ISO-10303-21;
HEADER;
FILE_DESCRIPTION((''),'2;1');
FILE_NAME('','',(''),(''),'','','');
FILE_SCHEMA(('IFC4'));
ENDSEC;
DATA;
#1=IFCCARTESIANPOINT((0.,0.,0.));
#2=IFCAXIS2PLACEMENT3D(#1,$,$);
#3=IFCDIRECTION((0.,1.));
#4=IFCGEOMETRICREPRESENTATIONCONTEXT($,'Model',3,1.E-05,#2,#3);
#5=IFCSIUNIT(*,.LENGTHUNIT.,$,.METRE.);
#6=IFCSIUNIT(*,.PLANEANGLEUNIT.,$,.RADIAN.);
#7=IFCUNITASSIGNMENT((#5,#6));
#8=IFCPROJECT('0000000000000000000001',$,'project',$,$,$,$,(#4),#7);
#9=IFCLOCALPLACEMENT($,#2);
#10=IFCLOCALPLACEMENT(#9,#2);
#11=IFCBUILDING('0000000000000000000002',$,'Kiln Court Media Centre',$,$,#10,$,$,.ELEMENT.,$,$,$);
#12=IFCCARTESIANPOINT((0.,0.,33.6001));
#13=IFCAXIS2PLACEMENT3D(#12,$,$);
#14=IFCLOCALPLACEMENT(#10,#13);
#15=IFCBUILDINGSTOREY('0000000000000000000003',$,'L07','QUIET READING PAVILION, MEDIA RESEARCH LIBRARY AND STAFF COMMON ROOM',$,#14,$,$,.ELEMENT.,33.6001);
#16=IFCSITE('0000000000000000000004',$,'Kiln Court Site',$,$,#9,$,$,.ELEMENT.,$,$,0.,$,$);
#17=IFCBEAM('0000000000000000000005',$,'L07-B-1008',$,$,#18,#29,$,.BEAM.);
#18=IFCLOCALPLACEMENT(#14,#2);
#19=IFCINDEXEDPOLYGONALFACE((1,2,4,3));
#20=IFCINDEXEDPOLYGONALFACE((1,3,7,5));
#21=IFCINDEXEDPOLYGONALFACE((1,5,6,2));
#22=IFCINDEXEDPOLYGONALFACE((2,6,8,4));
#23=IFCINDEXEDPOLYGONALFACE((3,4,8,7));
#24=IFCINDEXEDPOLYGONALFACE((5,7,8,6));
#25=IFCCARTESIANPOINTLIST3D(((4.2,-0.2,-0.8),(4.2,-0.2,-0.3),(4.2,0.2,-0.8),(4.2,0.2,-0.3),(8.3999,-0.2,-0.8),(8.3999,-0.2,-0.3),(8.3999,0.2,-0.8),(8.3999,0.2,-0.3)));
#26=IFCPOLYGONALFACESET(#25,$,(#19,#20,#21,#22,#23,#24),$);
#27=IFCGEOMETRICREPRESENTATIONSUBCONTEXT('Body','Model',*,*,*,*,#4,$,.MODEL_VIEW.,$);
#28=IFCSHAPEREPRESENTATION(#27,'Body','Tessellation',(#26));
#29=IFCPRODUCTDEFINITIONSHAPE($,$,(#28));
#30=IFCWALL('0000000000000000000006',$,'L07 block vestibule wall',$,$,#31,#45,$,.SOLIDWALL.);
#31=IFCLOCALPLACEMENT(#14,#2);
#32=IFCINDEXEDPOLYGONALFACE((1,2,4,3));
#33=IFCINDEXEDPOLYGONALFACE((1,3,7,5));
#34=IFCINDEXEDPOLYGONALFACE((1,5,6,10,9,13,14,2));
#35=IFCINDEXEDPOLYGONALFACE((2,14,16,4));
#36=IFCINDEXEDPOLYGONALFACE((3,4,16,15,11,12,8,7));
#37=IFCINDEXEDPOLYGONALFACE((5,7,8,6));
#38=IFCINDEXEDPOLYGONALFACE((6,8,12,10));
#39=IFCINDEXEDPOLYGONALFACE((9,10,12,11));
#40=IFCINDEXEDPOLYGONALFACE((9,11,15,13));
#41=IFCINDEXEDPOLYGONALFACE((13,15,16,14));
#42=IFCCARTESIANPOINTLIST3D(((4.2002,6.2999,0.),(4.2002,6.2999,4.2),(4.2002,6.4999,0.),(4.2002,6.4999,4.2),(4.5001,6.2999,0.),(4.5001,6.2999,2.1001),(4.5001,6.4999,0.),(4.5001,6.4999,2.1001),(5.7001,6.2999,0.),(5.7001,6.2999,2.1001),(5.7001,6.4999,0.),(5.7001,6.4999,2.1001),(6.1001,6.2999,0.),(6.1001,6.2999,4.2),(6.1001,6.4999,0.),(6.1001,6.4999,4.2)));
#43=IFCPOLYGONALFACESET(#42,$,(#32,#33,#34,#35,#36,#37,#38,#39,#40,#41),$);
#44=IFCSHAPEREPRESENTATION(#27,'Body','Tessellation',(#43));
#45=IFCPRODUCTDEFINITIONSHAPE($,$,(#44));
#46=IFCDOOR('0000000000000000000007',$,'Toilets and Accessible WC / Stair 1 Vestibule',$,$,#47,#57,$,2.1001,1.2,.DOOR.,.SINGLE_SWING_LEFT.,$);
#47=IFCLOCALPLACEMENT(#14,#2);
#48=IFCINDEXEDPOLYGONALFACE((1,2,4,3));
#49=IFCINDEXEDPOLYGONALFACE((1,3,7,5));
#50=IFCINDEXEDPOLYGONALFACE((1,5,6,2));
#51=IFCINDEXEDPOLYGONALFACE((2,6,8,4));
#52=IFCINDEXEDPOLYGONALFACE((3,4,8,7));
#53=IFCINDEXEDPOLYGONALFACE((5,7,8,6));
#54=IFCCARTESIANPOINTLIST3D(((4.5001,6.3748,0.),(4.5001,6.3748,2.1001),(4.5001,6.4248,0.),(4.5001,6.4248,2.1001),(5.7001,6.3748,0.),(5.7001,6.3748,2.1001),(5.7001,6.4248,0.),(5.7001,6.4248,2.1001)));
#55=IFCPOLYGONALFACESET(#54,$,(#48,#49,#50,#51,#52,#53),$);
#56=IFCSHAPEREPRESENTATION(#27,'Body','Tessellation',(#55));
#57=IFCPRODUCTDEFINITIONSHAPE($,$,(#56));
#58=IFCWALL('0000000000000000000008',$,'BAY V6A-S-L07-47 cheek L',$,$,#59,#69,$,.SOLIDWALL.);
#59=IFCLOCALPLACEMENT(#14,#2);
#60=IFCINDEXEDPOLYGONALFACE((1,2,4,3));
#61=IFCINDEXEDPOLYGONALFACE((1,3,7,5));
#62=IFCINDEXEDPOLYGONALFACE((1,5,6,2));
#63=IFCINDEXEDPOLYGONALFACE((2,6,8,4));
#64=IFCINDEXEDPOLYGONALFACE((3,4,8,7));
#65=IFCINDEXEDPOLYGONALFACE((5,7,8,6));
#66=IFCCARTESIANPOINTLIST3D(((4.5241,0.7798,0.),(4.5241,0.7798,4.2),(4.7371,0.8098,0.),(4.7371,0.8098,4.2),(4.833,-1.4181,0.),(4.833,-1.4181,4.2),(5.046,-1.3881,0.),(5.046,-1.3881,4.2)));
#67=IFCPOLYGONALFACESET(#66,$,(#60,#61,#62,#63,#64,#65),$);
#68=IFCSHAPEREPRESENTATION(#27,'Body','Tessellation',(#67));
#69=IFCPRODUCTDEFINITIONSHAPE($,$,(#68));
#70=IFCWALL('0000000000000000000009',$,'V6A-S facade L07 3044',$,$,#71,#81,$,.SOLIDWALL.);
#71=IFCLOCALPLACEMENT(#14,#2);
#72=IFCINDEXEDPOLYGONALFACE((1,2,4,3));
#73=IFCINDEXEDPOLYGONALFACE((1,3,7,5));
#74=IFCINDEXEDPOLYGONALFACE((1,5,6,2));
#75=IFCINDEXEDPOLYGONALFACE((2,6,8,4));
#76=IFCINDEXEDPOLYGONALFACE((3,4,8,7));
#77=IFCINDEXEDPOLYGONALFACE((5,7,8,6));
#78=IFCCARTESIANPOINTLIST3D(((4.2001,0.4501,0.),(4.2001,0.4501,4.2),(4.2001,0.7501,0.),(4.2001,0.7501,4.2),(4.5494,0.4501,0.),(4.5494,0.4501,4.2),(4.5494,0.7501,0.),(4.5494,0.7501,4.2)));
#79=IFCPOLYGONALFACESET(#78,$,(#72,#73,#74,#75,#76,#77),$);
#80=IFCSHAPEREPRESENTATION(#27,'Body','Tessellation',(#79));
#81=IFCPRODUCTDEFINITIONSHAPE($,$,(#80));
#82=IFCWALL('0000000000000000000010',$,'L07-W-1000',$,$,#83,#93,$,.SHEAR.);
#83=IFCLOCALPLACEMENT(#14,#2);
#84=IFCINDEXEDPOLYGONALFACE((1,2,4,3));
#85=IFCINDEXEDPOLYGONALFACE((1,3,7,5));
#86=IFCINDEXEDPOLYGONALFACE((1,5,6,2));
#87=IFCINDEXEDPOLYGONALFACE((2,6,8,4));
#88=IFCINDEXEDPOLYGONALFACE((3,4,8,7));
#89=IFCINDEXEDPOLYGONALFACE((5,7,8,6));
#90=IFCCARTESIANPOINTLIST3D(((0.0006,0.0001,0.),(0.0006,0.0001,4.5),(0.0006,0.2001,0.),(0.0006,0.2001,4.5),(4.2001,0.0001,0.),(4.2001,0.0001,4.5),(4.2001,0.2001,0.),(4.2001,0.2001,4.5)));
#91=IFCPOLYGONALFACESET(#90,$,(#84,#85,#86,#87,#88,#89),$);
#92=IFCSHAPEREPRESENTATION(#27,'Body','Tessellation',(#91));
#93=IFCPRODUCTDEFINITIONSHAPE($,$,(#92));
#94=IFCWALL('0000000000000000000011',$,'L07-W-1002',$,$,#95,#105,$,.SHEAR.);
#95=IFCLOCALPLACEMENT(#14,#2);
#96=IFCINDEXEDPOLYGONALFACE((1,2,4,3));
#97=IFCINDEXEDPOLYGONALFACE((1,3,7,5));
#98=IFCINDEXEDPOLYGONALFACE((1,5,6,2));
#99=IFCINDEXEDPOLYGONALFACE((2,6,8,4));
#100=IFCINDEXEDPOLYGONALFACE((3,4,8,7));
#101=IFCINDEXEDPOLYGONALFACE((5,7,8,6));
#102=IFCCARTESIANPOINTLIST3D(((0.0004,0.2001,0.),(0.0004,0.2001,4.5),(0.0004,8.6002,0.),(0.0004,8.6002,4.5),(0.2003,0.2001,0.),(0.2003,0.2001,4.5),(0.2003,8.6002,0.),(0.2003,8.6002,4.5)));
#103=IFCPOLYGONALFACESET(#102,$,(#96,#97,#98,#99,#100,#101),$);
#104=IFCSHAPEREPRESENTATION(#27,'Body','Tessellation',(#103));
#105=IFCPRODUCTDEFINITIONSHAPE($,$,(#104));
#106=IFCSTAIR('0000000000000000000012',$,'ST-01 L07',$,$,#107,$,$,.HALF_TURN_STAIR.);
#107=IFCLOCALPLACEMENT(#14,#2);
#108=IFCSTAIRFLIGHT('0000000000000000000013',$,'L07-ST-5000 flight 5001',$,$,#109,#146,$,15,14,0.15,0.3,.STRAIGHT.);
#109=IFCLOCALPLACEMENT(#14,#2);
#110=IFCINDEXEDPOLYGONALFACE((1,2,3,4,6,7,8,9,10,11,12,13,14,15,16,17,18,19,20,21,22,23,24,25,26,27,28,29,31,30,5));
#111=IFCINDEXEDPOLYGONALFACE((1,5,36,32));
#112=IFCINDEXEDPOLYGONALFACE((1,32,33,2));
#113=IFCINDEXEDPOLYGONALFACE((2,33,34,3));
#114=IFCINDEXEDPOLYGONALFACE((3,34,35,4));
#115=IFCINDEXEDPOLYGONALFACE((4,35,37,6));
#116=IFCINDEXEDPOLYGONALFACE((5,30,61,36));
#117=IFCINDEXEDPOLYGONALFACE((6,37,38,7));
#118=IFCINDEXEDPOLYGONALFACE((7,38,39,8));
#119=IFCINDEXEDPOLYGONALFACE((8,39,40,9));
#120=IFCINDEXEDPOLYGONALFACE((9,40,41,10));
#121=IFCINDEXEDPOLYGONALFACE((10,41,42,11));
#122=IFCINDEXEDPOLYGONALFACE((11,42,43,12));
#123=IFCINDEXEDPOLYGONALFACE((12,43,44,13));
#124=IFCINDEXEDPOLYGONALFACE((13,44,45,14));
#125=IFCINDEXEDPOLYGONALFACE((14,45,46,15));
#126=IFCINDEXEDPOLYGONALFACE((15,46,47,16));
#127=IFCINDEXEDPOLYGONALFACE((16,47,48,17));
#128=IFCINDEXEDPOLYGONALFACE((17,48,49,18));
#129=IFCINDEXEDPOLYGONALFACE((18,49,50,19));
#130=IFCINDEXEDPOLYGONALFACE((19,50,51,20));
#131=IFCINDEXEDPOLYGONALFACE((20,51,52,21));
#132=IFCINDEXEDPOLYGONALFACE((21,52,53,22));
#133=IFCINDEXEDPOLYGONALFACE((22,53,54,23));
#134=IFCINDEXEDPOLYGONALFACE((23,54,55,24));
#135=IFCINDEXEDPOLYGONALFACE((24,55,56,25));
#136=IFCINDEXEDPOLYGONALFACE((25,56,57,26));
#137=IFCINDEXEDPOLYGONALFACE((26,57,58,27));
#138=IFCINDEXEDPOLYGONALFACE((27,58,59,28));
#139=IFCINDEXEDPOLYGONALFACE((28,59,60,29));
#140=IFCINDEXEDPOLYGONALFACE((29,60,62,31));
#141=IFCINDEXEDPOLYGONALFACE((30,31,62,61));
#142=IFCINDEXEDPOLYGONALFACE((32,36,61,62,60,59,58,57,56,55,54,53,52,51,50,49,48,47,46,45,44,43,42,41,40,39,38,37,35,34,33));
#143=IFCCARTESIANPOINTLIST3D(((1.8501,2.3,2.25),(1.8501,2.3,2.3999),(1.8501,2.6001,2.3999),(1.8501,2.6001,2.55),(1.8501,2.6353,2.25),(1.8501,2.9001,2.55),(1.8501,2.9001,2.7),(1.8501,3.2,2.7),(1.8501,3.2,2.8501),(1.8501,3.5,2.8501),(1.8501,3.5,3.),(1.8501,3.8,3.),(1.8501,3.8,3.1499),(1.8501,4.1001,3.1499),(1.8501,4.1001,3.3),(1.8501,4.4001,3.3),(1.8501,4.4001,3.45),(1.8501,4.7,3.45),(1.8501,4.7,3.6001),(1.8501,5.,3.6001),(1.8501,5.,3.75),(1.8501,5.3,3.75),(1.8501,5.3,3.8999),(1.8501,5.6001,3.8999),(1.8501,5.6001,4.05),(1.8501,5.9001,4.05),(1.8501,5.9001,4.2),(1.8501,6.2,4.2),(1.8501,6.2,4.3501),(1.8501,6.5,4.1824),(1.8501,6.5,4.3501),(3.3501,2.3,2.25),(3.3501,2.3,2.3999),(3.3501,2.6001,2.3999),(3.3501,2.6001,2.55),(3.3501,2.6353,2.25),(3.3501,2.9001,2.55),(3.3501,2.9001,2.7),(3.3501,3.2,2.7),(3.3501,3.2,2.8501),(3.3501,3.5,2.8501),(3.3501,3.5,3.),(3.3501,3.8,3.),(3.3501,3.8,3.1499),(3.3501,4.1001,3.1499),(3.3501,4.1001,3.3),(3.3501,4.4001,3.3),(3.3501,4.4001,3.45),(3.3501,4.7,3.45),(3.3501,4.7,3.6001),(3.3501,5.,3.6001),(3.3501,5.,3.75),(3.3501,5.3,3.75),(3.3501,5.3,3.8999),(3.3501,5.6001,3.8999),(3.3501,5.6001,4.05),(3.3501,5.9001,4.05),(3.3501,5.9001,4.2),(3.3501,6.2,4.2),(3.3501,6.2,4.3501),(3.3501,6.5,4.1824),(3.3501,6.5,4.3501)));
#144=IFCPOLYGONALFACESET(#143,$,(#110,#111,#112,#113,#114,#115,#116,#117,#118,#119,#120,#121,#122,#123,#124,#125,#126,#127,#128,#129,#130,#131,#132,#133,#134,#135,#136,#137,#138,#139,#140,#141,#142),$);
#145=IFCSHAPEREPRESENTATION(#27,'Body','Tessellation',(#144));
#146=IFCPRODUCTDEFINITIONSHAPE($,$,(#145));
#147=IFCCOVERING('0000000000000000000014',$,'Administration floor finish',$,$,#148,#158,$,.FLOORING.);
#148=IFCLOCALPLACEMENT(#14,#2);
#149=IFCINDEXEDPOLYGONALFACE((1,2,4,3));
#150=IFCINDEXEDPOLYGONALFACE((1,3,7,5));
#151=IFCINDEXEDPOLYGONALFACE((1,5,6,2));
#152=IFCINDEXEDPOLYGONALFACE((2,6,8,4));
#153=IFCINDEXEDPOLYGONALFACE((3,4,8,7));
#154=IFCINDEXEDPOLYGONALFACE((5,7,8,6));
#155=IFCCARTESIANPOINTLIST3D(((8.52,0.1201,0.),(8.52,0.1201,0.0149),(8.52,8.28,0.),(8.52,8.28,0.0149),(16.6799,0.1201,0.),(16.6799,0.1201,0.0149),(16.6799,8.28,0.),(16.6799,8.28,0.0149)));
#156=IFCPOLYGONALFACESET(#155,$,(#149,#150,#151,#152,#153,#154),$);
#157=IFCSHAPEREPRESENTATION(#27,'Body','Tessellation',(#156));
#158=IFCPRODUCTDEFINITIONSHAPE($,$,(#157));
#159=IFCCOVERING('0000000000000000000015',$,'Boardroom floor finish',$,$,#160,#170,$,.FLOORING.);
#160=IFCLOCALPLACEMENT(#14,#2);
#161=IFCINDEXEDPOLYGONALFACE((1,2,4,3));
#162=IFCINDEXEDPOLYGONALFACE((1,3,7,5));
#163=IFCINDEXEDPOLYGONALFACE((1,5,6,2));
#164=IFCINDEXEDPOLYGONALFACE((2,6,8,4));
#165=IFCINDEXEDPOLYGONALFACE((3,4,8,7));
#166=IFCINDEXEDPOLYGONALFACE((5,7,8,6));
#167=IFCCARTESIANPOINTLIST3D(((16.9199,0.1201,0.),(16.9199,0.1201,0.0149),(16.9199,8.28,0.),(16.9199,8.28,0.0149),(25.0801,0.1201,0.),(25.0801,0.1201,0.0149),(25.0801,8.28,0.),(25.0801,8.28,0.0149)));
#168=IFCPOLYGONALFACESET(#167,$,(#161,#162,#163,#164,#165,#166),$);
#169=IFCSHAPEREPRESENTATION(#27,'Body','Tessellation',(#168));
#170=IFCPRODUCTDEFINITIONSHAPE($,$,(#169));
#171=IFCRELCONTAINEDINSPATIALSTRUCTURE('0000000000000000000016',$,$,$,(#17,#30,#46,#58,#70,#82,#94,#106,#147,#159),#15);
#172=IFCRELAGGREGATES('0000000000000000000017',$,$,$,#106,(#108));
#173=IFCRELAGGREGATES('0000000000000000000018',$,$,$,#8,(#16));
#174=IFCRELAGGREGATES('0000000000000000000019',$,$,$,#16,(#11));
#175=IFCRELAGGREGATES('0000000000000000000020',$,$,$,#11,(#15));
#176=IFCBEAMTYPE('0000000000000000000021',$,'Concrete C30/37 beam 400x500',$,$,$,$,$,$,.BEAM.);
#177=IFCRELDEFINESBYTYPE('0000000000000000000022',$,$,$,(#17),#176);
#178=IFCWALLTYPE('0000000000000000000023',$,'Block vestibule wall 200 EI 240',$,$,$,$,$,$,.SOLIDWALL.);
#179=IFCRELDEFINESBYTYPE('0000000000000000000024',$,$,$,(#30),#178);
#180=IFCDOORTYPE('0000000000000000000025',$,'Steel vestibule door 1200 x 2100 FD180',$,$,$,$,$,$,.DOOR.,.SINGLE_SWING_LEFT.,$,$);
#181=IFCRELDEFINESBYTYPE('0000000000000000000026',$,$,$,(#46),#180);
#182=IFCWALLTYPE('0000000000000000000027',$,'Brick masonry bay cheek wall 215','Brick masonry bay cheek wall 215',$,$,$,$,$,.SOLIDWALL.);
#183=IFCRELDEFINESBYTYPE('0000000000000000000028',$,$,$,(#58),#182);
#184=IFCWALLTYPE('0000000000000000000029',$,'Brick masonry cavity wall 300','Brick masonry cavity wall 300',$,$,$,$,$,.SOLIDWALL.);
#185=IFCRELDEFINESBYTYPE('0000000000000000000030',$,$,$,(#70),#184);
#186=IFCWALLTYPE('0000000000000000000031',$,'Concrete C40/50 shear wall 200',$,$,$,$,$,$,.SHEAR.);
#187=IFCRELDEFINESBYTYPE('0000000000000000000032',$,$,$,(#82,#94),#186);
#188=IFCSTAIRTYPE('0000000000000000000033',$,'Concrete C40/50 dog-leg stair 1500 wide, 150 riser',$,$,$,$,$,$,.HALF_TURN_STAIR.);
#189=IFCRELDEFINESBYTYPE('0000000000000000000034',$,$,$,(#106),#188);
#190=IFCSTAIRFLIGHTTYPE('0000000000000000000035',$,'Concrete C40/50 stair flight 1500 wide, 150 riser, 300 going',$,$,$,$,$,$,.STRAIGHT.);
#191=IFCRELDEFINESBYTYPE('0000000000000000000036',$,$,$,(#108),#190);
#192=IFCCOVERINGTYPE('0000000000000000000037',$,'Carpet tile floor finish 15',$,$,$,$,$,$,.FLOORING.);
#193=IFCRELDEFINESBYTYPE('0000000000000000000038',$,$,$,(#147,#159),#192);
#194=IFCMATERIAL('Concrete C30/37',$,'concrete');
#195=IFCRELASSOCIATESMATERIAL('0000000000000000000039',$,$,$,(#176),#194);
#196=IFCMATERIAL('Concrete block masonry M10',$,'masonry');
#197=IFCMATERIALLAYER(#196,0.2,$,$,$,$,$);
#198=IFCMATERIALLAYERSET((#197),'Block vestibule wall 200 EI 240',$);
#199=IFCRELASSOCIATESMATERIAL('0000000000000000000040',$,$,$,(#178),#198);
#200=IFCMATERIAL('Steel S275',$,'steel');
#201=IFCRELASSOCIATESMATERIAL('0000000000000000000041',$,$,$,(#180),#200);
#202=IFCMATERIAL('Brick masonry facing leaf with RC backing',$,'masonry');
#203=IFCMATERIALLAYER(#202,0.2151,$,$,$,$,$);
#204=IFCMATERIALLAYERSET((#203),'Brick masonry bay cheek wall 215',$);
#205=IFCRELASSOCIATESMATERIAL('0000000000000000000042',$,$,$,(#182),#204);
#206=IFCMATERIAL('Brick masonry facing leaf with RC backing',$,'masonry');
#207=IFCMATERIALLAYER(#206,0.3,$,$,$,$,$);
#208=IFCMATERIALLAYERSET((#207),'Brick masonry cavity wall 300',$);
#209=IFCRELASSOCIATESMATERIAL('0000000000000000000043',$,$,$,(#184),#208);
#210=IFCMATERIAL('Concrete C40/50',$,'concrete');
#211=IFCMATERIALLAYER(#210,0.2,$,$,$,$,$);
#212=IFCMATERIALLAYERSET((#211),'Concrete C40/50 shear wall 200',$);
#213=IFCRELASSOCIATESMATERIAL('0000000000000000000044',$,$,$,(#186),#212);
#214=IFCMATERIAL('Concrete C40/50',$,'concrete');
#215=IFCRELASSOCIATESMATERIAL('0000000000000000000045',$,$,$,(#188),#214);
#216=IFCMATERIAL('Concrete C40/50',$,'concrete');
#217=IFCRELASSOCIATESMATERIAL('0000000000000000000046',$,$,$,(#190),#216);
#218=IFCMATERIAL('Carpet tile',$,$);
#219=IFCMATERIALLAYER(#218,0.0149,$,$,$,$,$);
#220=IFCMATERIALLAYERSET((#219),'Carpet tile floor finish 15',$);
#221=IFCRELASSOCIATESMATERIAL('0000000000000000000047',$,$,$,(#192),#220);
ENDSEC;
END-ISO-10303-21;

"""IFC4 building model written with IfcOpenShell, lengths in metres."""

from ifc_helpers import new_model, si_unit, direction, frame, frame_2d, origin, origin_2d, place, context, subcontext, project, spatial, polyline, rectangle, outline, extrude, material, layer, layer_set, material_profile, profile_set, type_object, element, fill, aggregate, save


model = new_model("IFC4")

# Units and contexts
model_context = context("Model", 3, precision=1e-05, world=origin(), true_north=direction((0.0, 1.0)))
body_context = subcontext(model_context, "Body", "Model", "MODEL_VIEW")
ifc_project = project(units=[si_unit("LENGTHUNIT", "METRE"), si_unit("PLANEANGLEUNIT", "RADIAN")], contexts=[model_context])

# Site, building, storey
site_placement = place(None, origin())
site = spatial("IfcSite", under=ifc_project, at=site_placement, Name="Kiln Court Site", CompositionType="ELEMENT", RefElevation=0.0)
building_placement = place(site_placement, origin())
building = spatial("IfcBuilding", under=site, at=building_placement, Name="Kiln Court Media Centre", CompositionType="ELEMENT")
storey_placement = place(building_placement, frame((0.0, 0.0, 33.6001)))
storey = spatial("IfcBuildingStorey", under=building, at=storey_placement, Name="L07", Description="QUIET READING PAVILION, MEDIA RESEARCH LIBRARY AND STAFF COMMON ROOM", CompositionType="ELEMENT", Elevation=33.6001)

# Beam
ifc_material_1 = material(Name="Concrete C30/37", Category="concrete")
ifc_material_profile = material_profile(ifc_material_1, rectangle(XDim=0.3999, YDim=0.5, at=origin_2d()), Name="RC 400x500")
ifc_profile_set = profile_set([ifc_material_profile], Name="Concrete C30/37")
beam_type = type_object("IfcBeamType", Name="Concrete C30/37 beam 400x500", PredefinedType="BEAM", material=ifc_profile_set)
beam_placement = place(storey_placement, frame((4.2, 0.0, -0.55), z_axis=(1.0, 0.0, 0.0), x_axis=(0.0, 1.0, 0.0)))
element("IfcBeam", 1, at=beam_placement, inside=storey, type_object=beam_type, Name="L07-B-1008", PredefinedType="BEAM", context=body_context, shape_type="SweptSolid", body=[
    extrude(rectangle(XDim=0.3999, YDim=0.5, at=origin_2d()), origin(), (0.0, 0.0, 1.0), 4.2),
])

# Wall, opening, door
ifc_material_2 = material(Name="Concrete block masonry M10", Category="masonry")
ifc_layer_1 = layer(ifc_material_2, 0.2)
ifc_layer_set_1 = layer_set([ifc_layer_1], Name="Block vestibule wall 200 EI 240")
wall_type_1 = type_object("IfcWallType", Name="Block vestibule wall 200 EI 240", PredefinedType="SOLIDWALL", material=ifc_layer_set_1)
wall_1_placement = place(storey_placement, frame((4.2002, 6.3999, 0.0), z_axis=(0.0, 0.0, 1.0), x_axis=(1.0, 0.0, 0.0)))
wall_1 = element("IfcWall", 2, at=wall_1_placement, inside=storey, type_object=wall_type_1, Name="L07 block vestibule wall", PredefinedType="SOLIDWALL", context=body_context, shape_type="SweptSolid", body=[
    extrude(rectangle(XDim=1.8999, YDim=0.2, at=frame_2d((0.95, 0.0))), origin(), (0.0, 0.0, 1.0), 4.2),
])
opening_placement = place(wall_1_placement, frame((0.2998, 0.0, 0.0)))
opening = element("IfcOpeningElement", 3, at=opening_placement, cuts=wall_1, PredefinedType="OPENING", context=body_context, shape_type="SweptSolid", body=[
    extrude(rectangle(XDim=1.2, YDim=2.1001, at=frame_2d((0.6001, 1.05))), frame((0.0, 0.1099, 0.0), z_axis=(0.0, -1.0, 0.0), x_axis=(1.0, 0.0, 0.0)), (0.0, 0.0, 1.0), 0.22),
])
ifc_material_3 = material(Name="Steel S275", Category="steel")
door_type = type_object("IfcDoorType", Name="Steel vestibule door 1200 x 2100 FD180", OperationType="SINGLE_SWING_LEFT", PredefinedType="DOOR", material=ifc_material_3)
door_placement = place(opening_placement, origin())
door = element("IfcDoor", 4, at=door_placement, inside=storey, type_object=door_type, Name="Toilets and Accessible WC / Stair 1 Vestibule", OperationType="SINGLE_SWING_LEFT", OverallHeight=2.1001, OverallWidth=1.2, PredefinedType="DOOR", context=body_context, shape_type="SweptSolid", body=[
    extrude(rectangle(XDim=1.2, YDim=2.1001, at=frame_2d((0.6001, 1.05))), frame((0.0, 0.0249, 0.0), z_axis=(0.0, -1.0, 0.0), x_axis=(1.0, 0.0, 0.0)), (0.0, 0.0, 1.0), 0.05),
])
fill(opening, door)

# Walls
ifc_material_4 = material(Name="Brick masonry facing leaf with RC backing", Category="masonry")
ifc_layer_2 = layer(ifc_material_4, 0.2151)
ifc_layer_set_2 = layer_set([ifc_layer_2], Name="Brick masonry bay cheek wall 215")
wall_type_2 = type_object("IfcWallType", Name="Brick masonry bay cheek wall 215", Description="Brick masonry bay cheek wall 215", PredefinedType="SOLIDWALL", material=ifc_layer_set_2)
wall_2_placement = place(storey_placement, frame((4.6306, 0.7949, 0.0), z_axis=(0.0, 0.0, 1.0), x_axis=(0.139142, -0.990272, 0.0)))
element("IfcWall", 5, at=wall_2_placement, inside=storey, type_object=wall_type_2, Name="BAY V6A-S-L07-47 cheek L", PredefinedType="SOLIDWALL", context=body_context, shape_type="SweptSolid", body=[
    extrude(rectangle(XDim=2.2195, YDim=0.2151, at=frame_2d((1.1099, 0.0))), origin(), (0.0, 0.0, 1.0), 4.2),
])
ifc_material_5 = material(Name="Brick masonry facing leaf with RC backing", Category="masonry")
ifc_layer_3 = layer(ifc_material_5, 0.3)
ifc_layer_set_3 = layer_set([ifc_layer_3], Name="Brick masonry cavity wall 300")
wall_type_3 = type_object("IfcWallType", Name="Brick masonry cavity wall 300", Description="Brick masonry cavity wall 300", PredefinedType="SOLIDWALL", material=ifc_layer_set_3)
wall_3_placement = place(storey_placement, frame((4.5496, 0.6001, 0.0), z_axis=(0.0, 0.0, 1.0), x_axis=(-1.0, 0.0, 0.0)))
element("IfcWall", 6, at=wall_3_placement, inside=storey, type_object=wall_type_3, Name="V6A-S facade L07 3044", PredefinedType="SOLIDWALL", context=body_context, shape_type="SweptSolid", body=[
    extrude(rectangle(XDim=0.3494, YDim=0.3, at=frame_2d((0.1748, 0.0))), origin(), (0.0, 0.0, 1.0), 4.2),
])
ifc_material_6 = material(Name="Concrete C40/50", Category="concrete")
ifc_layer_4 = layer(ifc_material_6, 0.2)
ifc_layer_set_4 = layer_set([ifc_layer_4], Name="Concrete C40/50 shear wall 200")
wall_type_4 = type_object("IfcWallType", Name="Concrete C40/50 shear wall 200", PredefinedType="SHEAR", material=ifc_layer_set_4)
wall_4_placement = place(storey_placement, frame((4.2, 0.1001, 0.0), z_axis=(0.0, 0.0, 1.0), x_axis=(-1.0, 0.0, 0.0)))
element("IfcWall", 7, at=wall_4_placement, inside=storey, type_object=wall_type_4, Name="L07-W-1000", PredefinedType="SHEAR", context=body_context, shape_type="SweptSolid", body=[
    extrude(rectangle(XDim=4.1995, YDim=0.2, at=frame_2d((2.0996, 0.0))), origin(), (0.0, 0.0, 1.0), 4.5),
])
wall_5_placement = place(storey_placement, frame((0.1003, 0.2, 0.0), z_axis=(0.0, 0.0, 1.0), x_axis=(0.0, 1.0, 0.0)))
element("IfcWall", 8, at=wall_5_placement, inside=storey, type_object=wall_type_4, Name="L07-W-1002", PredefinedType="SHEAR", context=body_context, shape_type="SweptSolid", body=[
    extrude(rectangle(XDim=8.4001, YDim=0.2, at=frame_2d((4.2002, 0.0))), origin(), (0.0, 0.0, 1.0), 4.5),
])

# Stair, stair flight
ifc_material_7 = material(Name="Concrete C40/50", Category="concrete")
stair_type = type_object("IfcStairType", Name="Concrete C40/50 dog-leg stair 1500 wide, 150 riser", PredefinedType="HALF_TURN_STAIR", material=ifc_material_7)
stair_placement = place(storey_placement, origin())
stair = element("IfcStair", 9, at=stair_placement, inside=storey, type_object=stair_type, Name="ST-01 L07", PredefinedType="HALF_TURN_STAIR")
ifc_material_8 = material(Name="Concrete C40/50", Category="concrete")
stair_flight_type = type_object("IfcStairFlightType", Name="Concrete C40/50 stair flight 1500 wide, 150 riser, 300 going", PredefinedType="STRAIGHT", material=ifc_material_8)
stair_flight_placement = place(storey_placement, frame((2.6001, 2.3, 2.25), z_axis=(0.0, 0.0, 1.0), x_axis=(0.0, 1.0, 0.0)))
stair_flight = element("IfcStairFlight", 10, at=stair_flight_placement, type_object=stair_flight_type, Name="L07-ST-5000 flight 5001", NumberOfRisers=15, NumberOfTreads=14, PredefinedType="STRAIGHT", RiserHeight=0.15, TreadLength=0.3, context=body_context, shape_type="SweptSolid", body=[
    extrude(outline(polyline([(0.0, 0.0), (0.0, 0.1499), (0.3, 0.1499), (0.3, 0.3), (0.6001, 0.3), (0.6001, 0.45), (0.8999, 0.45), (0.8999, 0.6001), (1.2, 0.6001), (1.2, 0.75), (1.5, 0.75), (1.5, 0.8999), (1.8, 0.8999), (1.8, 1.05), (2.1001, 1.05), (2.1001, 1.2), (2.3999, 1.2), (2.3999, 1.3501), (2.7, 1.3501), (2.7, 1.5), (3.0, 1.5), (3.0, 1.6499), (3.3, 1.6499), (3.3, 1.8), (3.6001, 1.8), (3.6001, 1.95), (3.8999, 1.95), (3.8999, 2.1001), (4.2, 2.1001), (4.2, 2.25), (4.2, 1.9324), (0.3352, 0.0), (0.0, 0.0)])), frame((0.0, 0.75, 0.0), z_axis=(0.0, -1.0, 0.0), x_axis=(1.0, 0.0, 0.0)), (0.0, 0.0, 1.0), 1.5),
])
aggregate(stair, [stair_flight])

# Coverings
ifc_material_9 = material(Name="Carpet tile")
ifc_layer_5 = layer(ifc_material_9, 0.0149)
ifc_layer_set_5 = layer_set([ifc_layer_5], Name="Carpet tile floor finish 15")
covering_type_1 = type_object("IfcCoveringType", Name="Carpet tile floor finish 15", PredefinedType="FLOORING", material=ifc_layer_set_5)
covering_1_placement = place(storey_placement, origin())
element("IfcCovering", 11, at=covering_1_placement, inside=storey, type_object=covering_type_1, Name="Administration floor finish", PredefinedType="FLOORING", context=body_context, shape_type="SweptSolid", body=[
    extrude(outline(polyline([(8.52, 0.1201), (16.6799, 0.1201), (16.6799, 8.28), (8.52, 8.28), (8.52, 0.1201)])), origin(), (0.0, 0.0, 1.0), 0.0149),
])
covering_2_placement = place(storey_placement, origin())
element("IfcCovering", 12, at=covering_2_placement, inside=storey, type_object=covering_type_1, Name="Boardroom floor finish", PredefinedType="FLOORING", context=body_context, shape_type="SweptSolid", body=[
    extrude(outline(polyline([(16.9199, 0.1201), (25.0801, 0.1201), (25.0801, 8.28), (16.9199, 8.28), (16.9199, 0.1201)])), origin(), (0.0, 0.0, 1.0), 0.0149),
])

save(model, "model.ifc")
